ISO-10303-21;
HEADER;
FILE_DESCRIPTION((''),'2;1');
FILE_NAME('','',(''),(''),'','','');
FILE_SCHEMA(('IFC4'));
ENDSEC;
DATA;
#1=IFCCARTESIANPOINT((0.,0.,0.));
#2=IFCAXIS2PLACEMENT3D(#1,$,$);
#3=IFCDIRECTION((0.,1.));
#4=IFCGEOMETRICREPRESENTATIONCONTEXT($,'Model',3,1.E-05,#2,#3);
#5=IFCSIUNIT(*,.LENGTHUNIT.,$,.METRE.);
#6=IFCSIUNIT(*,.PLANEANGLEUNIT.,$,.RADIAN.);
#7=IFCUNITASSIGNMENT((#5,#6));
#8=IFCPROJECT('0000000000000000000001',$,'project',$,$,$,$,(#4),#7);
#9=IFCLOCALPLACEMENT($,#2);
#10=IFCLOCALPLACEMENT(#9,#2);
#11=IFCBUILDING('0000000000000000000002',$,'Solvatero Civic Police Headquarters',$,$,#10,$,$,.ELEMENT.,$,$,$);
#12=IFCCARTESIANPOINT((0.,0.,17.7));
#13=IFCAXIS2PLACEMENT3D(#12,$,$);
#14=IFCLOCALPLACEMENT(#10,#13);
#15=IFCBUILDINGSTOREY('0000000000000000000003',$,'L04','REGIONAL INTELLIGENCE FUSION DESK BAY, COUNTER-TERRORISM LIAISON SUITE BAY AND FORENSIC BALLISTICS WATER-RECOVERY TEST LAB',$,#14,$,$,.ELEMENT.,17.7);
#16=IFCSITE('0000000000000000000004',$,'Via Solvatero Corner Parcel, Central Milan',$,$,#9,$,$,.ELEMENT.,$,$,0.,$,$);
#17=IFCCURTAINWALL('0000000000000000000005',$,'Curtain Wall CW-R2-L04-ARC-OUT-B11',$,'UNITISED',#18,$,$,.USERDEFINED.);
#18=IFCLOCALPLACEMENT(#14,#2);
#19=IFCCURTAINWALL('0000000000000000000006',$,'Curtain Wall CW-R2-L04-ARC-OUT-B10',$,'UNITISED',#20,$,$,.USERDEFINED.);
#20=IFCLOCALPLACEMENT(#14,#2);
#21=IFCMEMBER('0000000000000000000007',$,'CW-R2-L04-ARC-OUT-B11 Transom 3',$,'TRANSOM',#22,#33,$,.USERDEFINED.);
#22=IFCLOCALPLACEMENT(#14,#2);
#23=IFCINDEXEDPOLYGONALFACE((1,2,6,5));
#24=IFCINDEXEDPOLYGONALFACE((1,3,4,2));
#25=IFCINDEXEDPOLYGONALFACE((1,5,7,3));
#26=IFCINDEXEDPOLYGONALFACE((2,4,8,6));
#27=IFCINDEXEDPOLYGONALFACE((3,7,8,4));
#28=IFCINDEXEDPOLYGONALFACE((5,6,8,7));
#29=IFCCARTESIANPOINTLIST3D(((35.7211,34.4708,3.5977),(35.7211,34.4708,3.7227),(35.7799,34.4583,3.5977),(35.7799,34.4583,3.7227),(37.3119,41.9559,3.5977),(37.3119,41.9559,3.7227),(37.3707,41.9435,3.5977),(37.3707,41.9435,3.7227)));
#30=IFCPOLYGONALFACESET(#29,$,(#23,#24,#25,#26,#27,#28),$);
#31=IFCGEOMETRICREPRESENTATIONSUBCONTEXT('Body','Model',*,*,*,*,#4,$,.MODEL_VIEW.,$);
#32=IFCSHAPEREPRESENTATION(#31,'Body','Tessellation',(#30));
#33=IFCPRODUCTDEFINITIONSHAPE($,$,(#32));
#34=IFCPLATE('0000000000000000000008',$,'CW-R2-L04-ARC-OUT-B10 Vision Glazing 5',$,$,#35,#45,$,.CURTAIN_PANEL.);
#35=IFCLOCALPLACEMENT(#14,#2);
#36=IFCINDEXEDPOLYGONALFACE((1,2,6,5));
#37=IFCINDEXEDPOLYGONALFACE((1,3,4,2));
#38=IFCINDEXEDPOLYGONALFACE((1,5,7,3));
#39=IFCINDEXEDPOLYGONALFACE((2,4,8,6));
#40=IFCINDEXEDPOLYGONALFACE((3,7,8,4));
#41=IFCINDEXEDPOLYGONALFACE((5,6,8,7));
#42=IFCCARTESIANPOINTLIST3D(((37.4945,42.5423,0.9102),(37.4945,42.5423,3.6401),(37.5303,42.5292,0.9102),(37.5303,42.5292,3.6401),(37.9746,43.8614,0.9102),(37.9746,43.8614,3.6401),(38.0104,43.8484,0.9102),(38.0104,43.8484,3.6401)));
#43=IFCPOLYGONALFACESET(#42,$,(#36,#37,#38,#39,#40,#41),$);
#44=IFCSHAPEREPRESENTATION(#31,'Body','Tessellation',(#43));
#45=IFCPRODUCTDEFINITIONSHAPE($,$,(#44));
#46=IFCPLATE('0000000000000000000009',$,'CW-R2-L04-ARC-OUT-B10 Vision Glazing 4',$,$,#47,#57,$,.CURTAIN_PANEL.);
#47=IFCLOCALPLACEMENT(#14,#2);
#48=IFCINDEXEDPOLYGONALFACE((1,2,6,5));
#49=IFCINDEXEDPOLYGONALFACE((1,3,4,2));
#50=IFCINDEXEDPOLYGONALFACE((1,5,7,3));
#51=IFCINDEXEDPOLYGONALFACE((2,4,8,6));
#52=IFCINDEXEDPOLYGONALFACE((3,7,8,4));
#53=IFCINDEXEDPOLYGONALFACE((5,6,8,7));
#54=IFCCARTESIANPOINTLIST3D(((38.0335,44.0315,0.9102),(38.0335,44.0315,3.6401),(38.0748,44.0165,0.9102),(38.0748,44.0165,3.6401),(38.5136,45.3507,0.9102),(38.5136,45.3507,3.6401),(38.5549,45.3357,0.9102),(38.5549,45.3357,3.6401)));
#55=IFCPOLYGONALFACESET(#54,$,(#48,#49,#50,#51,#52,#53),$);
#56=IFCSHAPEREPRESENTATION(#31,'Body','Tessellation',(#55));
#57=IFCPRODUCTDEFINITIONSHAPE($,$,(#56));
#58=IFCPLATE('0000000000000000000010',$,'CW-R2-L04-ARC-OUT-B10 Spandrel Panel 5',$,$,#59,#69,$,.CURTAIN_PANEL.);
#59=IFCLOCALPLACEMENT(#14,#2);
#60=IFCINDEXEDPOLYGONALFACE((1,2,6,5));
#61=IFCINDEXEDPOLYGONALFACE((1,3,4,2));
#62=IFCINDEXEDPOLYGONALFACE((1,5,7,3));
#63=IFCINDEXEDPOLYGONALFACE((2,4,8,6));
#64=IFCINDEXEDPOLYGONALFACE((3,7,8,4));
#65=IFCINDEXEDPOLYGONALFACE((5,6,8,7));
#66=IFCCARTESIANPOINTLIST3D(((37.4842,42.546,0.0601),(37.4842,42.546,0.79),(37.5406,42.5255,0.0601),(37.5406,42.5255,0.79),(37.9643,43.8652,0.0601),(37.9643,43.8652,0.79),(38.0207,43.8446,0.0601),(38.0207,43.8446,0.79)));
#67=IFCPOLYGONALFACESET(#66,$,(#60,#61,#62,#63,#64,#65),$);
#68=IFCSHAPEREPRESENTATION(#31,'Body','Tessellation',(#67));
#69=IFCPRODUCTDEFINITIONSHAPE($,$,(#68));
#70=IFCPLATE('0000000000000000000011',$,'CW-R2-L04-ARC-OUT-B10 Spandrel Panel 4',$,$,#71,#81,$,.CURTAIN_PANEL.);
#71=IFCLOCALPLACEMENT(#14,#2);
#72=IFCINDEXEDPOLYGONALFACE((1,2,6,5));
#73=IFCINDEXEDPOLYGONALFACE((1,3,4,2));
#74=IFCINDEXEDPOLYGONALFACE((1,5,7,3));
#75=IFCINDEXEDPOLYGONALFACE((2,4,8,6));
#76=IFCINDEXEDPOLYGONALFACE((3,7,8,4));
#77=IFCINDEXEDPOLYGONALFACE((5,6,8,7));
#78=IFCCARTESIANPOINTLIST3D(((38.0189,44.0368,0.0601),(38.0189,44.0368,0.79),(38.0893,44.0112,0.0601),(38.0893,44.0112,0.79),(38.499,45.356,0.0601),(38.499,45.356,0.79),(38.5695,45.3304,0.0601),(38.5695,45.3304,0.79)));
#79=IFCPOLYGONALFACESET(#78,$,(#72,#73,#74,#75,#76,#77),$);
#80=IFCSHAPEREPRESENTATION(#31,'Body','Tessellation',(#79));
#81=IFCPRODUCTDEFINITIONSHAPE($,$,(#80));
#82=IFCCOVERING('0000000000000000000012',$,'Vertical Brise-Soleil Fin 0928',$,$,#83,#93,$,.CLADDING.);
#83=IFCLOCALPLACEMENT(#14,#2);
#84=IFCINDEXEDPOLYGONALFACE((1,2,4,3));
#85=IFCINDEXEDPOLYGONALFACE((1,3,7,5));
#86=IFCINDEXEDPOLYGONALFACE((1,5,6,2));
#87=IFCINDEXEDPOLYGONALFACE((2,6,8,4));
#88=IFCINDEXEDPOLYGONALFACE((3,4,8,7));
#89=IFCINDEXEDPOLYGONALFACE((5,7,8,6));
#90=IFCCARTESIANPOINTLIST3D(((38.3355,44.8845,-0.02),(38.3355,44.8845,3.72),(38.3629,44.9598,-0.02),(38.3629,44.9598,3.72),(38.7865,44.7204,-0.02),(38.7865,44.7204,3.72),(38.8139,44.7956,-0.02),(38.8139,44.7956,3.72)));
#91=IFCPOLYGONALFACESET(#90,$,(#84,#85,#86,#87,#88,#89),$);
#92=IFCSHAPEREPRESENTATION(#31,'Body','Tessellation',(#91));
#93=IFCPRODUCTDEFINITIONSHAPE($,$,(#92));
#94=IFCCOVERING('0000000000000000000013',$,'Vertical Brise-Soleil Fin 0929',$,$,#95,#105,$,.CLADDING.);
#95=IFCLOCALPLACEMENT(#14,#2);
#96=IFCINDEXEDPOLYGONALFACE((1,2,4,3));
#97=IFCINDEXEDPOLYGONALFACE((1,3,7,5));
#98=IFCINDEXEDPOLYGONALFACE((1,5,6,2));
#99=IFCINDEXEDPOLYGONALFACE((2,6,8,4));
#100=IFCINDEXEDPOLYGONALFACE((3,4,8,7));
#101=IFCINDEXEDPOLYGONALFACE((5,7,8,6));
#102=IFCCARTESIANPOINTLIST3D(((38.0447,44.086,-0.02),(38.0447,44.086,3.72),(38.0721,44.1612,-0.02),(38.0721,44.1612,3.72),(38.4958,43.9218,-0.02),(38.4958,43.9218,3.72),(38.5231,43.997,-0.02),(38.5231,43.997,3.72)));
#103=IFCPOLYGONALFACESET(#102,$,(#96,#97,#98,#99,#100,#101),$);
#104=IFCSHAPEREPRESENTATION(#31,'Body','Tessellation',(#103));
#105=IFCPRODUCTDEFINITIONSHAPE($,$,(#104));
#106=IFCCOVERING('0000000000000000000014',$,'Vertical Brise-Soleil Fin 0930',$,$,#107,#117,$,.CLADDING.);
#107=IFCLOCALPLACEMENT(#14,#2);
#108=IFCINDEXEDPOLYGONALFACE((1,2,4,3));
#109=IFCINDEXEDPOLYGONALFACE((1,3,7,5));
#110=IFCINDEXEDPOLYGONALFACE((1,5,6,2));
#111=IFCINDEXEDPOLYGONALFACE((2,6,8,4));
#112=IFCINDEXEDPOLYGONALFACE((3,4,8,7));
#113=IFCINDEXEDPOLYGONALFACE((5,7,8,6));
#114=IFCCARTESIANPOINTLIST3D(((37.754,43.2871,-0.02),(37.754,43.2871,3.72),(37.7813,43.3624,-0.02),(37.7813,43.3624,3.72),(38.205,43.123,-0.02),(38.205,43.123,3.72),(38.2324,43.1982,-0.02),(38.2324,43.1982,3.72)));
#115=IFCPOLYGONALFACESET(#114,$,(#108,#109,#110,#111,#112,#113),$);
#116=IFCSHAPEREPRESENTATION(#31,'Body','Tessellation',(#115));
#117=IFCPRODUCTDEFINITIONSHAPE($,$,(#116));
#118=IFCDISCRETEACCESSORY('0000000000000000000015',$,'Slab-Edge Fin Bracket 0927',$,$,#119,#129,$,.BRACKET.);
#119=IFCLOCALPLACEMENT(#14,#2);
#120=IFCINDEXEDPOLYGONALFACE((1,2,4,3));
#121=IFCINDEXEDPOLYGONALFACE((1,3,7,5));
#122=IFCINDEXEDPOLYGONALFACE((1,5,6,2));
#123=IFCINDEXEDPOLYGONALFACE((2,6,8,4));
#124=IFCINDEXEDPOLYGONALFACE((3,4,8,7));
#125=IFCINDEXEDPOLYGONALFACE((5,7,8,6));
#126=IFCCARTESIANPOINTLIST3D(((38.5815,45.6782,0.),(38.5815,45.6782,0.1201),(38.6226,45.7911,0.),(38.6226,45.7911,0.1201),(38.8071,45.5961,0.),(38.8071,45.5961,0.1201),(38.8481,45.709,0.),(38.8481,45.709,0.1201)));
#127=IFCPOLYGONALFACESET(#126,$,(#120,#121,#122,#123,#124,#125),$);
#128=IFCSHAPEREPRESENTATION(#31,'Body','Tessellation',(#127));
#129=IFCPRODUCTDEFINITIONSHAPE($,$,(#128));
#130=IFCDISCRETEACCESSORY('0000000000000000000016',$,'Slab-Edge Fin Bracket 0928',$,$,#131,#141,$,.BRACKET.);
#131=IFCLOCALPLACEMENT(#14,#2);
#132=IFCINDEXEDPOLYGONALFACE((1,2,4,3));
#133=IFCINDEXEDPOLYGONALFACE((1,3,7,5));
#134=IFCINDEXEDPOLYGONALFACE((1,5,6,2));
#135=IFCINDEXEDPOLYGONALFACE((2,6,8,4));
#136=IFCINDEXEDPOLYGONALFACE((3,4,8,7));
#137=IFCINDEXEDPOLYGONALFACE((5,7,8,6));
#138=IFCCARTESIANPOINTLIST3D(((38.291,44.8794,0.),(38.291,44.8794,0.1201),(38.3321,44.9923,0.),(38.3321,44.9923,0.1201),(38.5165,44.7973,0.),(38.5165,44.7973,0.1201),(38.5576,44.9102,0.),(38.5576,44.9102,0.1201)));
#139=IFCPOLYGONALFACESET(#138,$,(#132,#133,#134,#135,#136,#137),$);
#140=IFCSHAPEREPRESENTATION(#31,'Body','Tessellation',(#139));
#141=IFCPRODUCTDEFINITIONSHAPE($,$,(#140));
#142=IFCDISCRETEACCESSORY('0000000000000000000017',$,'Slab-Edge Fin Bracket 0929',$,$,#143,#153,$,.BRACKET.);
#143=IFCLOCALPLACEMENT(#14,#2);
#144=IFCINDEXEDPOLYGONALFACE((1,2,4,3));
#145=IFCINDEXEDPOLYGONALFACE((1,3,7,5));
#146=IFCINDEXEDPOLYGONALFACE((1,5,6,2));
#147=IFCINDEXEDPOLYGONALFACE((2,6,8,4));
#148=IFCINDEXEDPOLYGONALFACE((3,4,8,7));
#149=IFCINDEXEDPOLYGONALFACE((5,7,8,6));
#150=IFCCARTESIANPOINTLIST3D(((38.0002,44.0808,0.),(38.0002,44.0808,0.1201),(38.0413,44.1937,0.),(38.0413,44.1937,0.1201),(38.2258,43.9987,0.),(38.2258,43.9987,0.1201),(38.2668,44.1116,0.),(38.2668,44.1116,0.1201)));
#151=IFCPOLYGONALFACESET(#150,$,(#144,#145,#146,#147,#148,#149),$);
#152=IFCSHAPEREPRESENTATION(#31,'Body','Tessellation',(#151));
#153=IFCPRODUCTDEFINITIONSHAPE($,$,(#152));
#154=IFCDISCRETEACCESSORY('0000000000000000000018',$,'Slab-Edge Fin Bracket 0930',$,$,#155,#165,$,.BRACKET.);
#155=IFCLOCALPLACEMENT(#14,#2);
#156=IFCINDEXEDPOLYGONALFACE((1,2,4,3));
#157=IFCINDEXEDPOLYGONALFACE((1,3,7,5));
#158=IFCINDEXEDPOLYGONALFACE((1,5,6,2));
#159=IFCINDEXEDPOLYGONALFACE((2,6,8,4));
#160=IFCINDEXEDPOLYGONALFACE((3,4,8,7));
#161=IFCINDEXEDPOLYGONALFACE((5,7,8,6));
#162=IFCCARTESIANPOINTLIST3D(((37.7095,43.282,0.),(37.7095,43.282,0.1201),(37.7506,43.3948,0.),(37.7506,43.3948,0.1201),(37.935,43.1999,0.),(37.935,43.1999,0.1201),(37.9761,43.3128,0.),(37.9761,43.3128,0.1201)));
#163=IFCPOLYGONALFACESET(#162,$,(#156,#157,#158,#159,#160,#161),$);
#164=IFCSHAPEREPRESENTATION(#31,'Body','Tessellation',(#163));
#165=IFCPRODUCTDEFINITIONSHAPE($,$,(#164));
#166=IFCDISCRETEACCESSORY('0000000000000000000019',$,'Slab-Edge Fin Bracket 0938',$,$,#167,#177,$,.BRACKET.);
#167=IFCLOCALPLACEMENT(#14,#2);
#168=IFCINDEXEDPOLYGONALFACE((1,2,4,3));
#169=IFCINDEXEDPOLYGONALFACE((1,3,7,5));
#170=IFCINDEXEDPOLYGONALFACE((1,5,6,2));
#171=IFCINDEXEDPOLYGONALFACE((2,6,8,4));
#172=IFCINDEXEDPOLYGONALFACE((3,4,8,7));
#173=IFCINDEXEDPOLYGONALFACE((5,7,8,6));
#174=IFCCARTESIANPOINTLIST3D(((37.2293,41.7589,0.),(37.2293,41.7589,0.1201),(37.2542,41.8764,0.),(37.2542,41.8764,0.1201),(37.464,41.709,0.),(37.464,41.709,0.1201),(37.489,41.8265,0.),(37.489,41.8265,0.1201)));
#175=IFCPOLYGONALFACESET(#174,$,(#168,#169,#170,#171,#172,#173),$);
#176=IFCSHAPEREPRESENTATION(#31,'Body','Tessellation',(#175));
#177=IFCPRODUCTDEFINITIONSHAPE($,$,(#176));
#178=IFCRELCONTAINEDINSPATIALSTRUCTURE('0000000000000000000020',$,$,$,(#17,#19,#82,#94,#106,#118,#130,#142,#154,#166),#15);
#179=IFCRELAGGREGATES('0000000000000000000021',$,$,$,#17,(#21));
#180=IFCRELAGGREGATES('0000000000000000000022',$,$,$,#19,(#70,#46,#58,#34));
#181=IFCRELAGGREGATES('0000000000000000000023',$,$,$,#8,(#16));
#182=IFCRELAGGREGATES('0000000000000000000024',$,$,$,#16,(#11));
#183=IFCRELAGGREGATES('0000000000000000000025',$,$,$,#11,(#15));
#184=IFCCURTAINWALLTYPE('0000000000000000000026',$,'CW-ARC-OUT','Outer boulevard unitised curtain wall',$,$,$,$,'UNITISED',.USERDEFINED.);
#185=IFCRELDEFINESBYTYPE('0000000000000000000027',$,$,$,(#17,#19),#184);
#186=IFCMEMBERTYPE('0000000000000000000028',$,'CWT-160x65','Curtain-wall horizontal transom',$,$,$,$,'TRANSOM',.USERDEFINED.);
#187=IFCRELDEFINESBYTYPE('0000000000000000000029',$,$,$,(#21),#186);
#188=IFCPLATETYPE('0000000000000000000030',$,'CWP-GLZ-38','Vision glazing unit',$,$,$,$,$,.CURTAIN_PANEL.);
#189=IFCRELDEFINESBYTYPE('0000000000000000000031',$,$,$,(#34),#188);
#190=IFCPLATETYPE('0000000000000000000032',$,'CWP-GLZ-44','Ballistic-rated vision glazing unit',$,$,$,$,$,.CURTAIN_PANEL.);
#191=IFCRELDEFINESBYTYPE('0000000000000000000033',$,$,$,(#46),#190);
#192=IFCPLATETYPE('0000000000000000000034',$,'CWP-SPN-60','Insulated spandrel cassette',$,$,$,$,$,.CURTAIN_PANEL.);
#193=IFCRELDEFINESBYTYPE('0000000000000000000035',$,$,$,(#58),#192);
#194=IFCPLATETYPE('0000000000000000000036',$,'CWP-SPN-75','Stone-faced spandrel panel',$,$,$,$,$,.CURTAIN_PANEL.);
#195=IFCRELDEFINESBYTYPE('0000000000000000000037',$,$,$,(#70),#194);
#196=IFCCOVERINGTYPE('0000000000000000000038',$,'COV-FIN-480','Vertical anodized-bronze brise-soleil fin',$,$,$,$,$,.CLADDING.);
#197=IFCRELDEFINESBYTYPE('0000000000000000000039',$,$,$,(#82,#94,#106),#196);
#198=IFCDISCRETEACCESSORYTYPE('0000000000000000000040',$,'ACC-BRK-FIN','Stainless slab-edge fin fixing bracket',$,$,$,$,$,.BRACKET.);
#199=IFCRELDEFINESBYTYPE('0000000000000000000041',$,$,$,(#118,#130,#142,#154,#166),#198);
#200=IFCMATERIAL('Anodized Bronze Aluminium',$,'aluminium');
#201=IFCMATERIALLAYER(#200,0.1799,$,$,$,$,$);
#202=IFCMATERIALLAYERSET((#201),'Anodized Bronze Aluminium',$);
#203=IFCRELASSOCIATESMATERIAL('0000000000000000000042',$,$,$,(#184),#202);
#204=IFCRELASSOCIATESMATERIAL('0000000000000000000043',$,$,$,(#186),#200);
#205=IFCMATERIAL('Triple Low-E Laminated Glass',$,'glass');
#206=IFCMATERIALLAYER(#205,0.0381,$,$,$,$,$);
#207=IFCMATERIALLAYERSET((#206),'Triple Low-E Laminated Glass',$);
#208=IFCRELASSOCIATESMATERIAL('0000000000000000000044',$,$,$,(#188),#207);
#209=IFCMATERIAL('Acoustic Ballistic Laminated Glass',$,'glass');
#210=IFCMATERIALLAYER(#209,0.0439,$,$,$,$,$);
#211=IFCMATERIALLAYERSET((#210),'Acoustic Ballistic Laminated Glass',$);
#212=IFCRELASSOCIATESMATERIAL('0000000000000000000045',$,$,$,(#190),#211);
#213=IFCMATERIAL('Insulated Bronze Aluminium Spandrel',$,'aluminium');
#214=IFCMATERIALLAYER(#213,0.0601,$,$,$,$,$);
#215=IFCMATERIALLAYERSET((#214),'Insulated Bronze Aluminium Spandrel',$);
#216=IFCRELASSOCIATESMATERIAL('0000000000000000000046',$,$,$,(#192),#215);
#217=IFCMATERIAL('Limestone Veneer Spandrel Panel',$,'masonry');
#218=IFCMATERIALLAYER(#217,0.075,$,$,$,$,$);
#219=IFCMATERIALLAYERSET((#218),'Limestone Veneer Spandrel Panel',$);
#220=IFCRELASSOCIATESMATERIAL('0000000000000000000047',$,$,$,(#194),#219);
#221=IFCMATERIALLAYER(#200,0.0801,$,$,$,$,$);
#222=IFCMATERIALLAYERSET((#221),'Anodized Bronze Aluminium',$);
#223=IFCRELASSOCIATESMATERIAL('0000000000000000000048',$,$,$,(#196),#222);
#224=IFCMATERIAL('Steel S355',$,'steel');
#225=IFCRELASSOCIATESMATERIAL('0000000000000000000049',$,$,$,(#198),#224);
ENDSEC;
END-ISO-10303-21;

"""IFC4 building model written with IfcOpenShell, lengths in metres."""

from ifc_helpers import new_model, si_unit, direction, frame, origin, origin_2d, place, context, subcontext, project, spatial, rectangle, extrude, material, layer, layer_set, material_profile, profile_set, type_object, element, aggregate, save


model = new_model("IFC4")

# Units and contexts
model_context = context("Model", 3, precision=1e-05, world=origin(), true_north=direction((0.0, 1.0)))
body_context = subcontext(model_context, "Body", "Model", "MODEL_VIEW")
ifc_project = project(units=[si_unit("LENGTHUNIT", "METRE"), si_unit("PLANEANGLEUNIT", "RADIAN")], contexts=[model_context])

# Site, building, storey
site_placement = place(None, origin())
site = spatial("IfcSite", under=ifc_project, at=site_placement, Name="Via Solvatero Corner Parcel, Central Milan", CompositionType="ELEMENT", RefElevation=0.0)
building_placement = place(site_placement, origin())
building = spatial("IfcBuilding", under=site, at=building_placement, Name="Solvatero Civic Police Headquarters", CompositionType="ELEMENT")
storey_placement = place(building_placement, frame((0.0, 0.0, 17.7)))
storey = spatial("IfcBuildingStorey", under=building, at=storey_placement, Name="L04", Description="REGIONAL INTELLIGENCE FUSION DESK BAY, COUNTER-TERRORISM LIAISON SUITE BAY AND FORENSIC BALLISTICS WATER-RECOVERY TEST LAB", CompositionType="ELEMENT", Elevation=17.7)

# Shared definitions
ifc_material_1 = material(Name="Steel S355", Category="steel")

# Curtain wall
ifc_material_2 = material(Name="Anodized Bronze Aluminium", Category="aluminium")
ifc_layer_1 = layer(ifc_material_2, 0.1799)
ifc_layer_set_1 = layer_set([ifc_layer_1], Name="Anodized Bronze Aluminium")
curtain_wall_type = type_object("IfcCurtainWallType", Name="CW-ARC-OUT", Description="Outer boulevard unitised curtain wall", ElementType="UNITISED", PredefinedType="USERDEFINED", material=ifc_layer_set_1)
curtain_wall_1_placement = place(storey_placement, origin())
curtain_wall_1 = element("IfcCurtainWall", 1, at=curtain_wall_1_placement, inside=storey, type_object=curtain_wall_type, Name="Curtain Wall CW-R2-L04-ARC-OUT-B11", ObjectType="UNITISED", PredefinedType="USERDEFINED")

# Curtain wall
curtain_wall_2_placement = place(storey_placement, origin())
curtain_wall_2 = element("IfcCurtainWall", 2, at=curtain_wall_2_placement, inside=storey, type_object=curtain_wall_type, Name="Curtain Wall CW-R2-L04-ARC-OUT-B10", ObjectType="UNITISED", PredefinedType="USERDEFINED")

# Member
ifc_material_profile_1 = material_profile(ifc_material_2, rectangle(XDim=0.0601, YDim=0.125, at=origin_2d()), Name="ALU TRANSOM 60x125")
ifc_profile_set_1 = profile_set([ifc_material_profile_1], Name="Anodized Bronze Aluminium")
member_type_1 = type_object("IfcMemberType", Name="CWT-160x65", Description="Curtain-wall horizontal transom", ElementType="TRANSOM", PredefinedType="USERDEFINED", material=ifc_profile_set_1)
member_1_placement = place(storey_placement, frame((37.3413, 41.9497, 3.6602), z_axis=(-0.207888, -0.978153, 0.0), x_axis=(0.978153, -0.207888, 0.0)))
member_1 = element("IfcMember", 3, at=member_1_placement, type_object=member_type_1, Name="CW-R2-L04-ARC-OUT-B11 Transom 3", ObjectType="TRANSOM", PredefinedType="USERDEFINED", context=body_context, shape_type="SweptSolid", body=[
    extrude(rectangle(XDim=0.0601, YDim=0.125, at=origin_2d()), origin(), (0.0, 0.0, 1.0), 7.6523),
])
aggregate(curtain_wall_1, [member_1])

# Plates
ifc_material_3 = material(Name="Triple Low-E Laminated Glass", Category="glass")
ifc_layer_2 = layer(ifc_material_3, 0.0381)
ifc_layer_set_2 = layer_set([ifc_layer_2], Name="Triple Low-E Laminated Glass")
plate_type_1 = type_object("IfcPlateType", Name="CWP-GLZ-38", Description="Vision glazing unit", PredefinedType="CURTAIN_PANEL", material=ifc_layer_set_2)
plate_1_placement = place(storey_placement, frame((37.7524, 43.1953, 0.9102), z_axis=(0.0, 0.0, 1.0), x_axis=(-0.34202, -0.939693, 0.0)))
plate_1 = element("IfcPlate", 4, at=plate_1_placement, type_object=plate_type_1, Name="CW-R2-L04-ARC-OUT-B10 Vision Glazing 5", PredefinedType="CURTAIN_PANEL", context=body_context, shape_type="SweptSolid", body=[
    extrude(rectangle(XDim=1.4038, YDim=0.0381, at=origin_2d()), origin(), (0.0, 0.0, 1.0), 2.73),
])
ifc_material_4 = material(Name="Acoustic Ballistic Laminated Glass", Category="glass")
ifc_layer_3 = layer(ifc_material_4, 0.0439)
ifc_layer_set_3 = layer_set([ifc_layer_3], Name="Acoustic Ballistic Laminated Glass")
plate_type_2 = type_object("IfcPlateType", Name="CWP-GLZ-44", Description="Ballistic-rated vision glazing unit", PredefinedType="CURTAIN_PANEL", material=ifc_layer_set_3)
plate_2_placement = place(storey_placement, frame((38.2942, 44.6836, 0.9102), z_axis=(0.0, 0.0, 1.0), x_axis=(-0.34202, -0.939693, 0.0)))
plate_2 = element("IfcPlate", 5, at=plate_2_placement, type_object=plate_type_2, Name="CW-R2-L04-ARC-OUT-B10 Vision Glazing 4", PredefinedType="CURTAIN_PANEL", context=body_context, shape_type="SweptSolid", body=[
    extrude(rectangle(XDim=1.4038, YDim=0.0439, at=origin_2d()), origin(), (0.0, 0.0, 1.0), 2.73),
])
ifc_material_5 = material(Name="Insulated Bronze Aluminium Spandrel", Category="aluminium")
ifc_layer_4 = layer(ifc_material_5, 0.0601)
ifc_layer_set_4 = layer_set([ifc_layer_4], Name="Insulated Bronze Aluminium Spandrel")
plate_type_3 = type_object("IfcPlateType", Name="CWP-SPN-60", Description="Insulated spandrel cassette", PredefinedType="CURTAIN_PANEL", material=ifc_layer_set_4)
plate_3_placement = place(storey_placement, frame((37.7524, 43.1953, 0.0601), z_axis=(0.0, 0.0, 1.0), x_axis=(-0.34202, -0.939693, 0.0)))
plate_3 = element("IfcPlate", 6, at=plate_3_placement, type_object=plate_type_3, Name="CW-R2-L04-ARC-OUT-B10 Spandrel Panel 5", PredefinedType="CURTAIN_PANEL", context=body_context, shape_type="SweptSolid", body=[
    extrude(rectangle(XDim=1.4038, YDim=0.0601, at=origin_2d()), origin(), (0.0, 0.0, 1.0), 0.73),
])
ifc_material_6 = material(Name="Limestone Veneer Spandrel Panel", Category="masonry")
ifc_layer_5 = layer(ifc_material_6, 0.075)
ifc_layer_set_5 = layer_set([ifc_layer_5], Name="Limestone Veneer Spandrel Panel")
plate_type_4 = type_object("IfcPlateType", Name="CWP-SPN-75", Description="Stone-faced spandrel panel", PredefinedType="CURTAIN_PANEL", material=ifc_layer_set_5)
plate_4_placement = place(storey_placement, frame((38.2942, 44.6836, 0.0601), z_axis=(0.0, 0.0, 1.0), x_axis=(-0.34202, -0.939693, 0.0)))
plate_4 = element("IfcPlate", 7, at=plate_4_placement, type_object=plate_type_4, Name="CW-R2-L04-ARC-OUT-B10 Spandrel Panel 4", PredefinedType="CURTAIN_PANEL", context=body_context, shape_type="SweptSolid", body=[
    extrude(rectangle(XDim=1.4038, YDim=0.075, at=origin_2d()), origin(), (0.0, 0.0, 1.0), 0.73),
])
aggregate(curtain_wall_2, [plate_4, plate_2, plate_3, plate_1])

# Coverings
ifc_layer_6 = layer(ifc_material_2, 0.0801)
ifc_layer_set_6 = layer_set([ifc_layer_6], Name="Anodized Bronze Aluminium")
covering_type = type_object("IfcCoveringType", Name="COV-FIN-480", Description="Vertical anodized-bronze brise-soleil fin", PredefinedType="CLADDING", material=ifc_layer_set_6)
for number, where, z_axis, x_axis, name in (
    (8, (38.5747, 44.8401, -0.02), (0.0, 0.0, 1.0), (-0.34202, -0.939693, 0.0), "Vertical Brise-Soleil Fin 0928"),
    (9, (38.2839, 44.0415, -0.02), (0.0, 0.0, 1.0), (-0.34202, -0.939693, 0.0), "Vertical Brise-Soleil Fin 0929"),
    (10, (37.9932, 43.2427, -0.02), (0.0, 0.0, 1.0), (-0.34202, -0.939693, 0.0), "Vertical Brise-Soleil Fin 0930"),
):
    element("IfcCovering", number, at=place(storey_placement, frame(where, z_axis=z_axis, x_axis=x_axis)), inside=storey, type_object=covering_type, Name=name, PredefinedType="CLADDING", context=body_context, shape_type="SweptSolid", body=[
        extrude(rectangle(XDim=0.0801, YDim=0.48, at=origin_2d()), origin(), (0.0, 0.0, 1.0), 3.74),
    ])

# Discrete accessories
discrete_accessory_type = type_object("IfcDiscreteAccessoryType", Name="ACC-BRK-FIN", Description="Stainless slab-edge fin fixing bracket", PredefinedType="BRACKET", material=ifc_material_1)
for number, where, z_axis, x_axis, name in (
    (11, (38.7148, 45.6936, 0.0), (0.0, 0.0, 1.0), (-0.34202, -0.939693, 0.0), "Slab-Edge Fin Bracket 0927"),
    (12, (38.4243, 44.8948, 0.0), (0.0, 0.0, 1.0), (-0.34202, -0.939693, 0.0), "Slab-Edge Fin Bracket 0928"),
    (13, (38.1335, 44.0962, 0.0), (0.0, 0.0, 1.0), (-0.34202, -0.939693, 0.0), "Slab-Edge Fin Bracket 0929"),
    (14, (37.8428, 43.2974, 0.0), (0.0, 0.0, 1.0), (-0.34202, -0.939693, 0.0), "Slab-Edge Fin Bracket 0930"),
    (15, (37.3591, 41.7927, 0.0), (0.0, 0.0, 1.0), (-0.207912, -0.978148, 0.0), "Slab-Edge Fin Bracket 0938"),
):
    element("IfcDiscreteAccessory", number, at=place(storey_placement, frame(where, z_axis=z_axis, x_axis=x_axis)), inside=storey, type_object=discrete_accessory_type, Name=name, PredefinedType="BRACKET", context=body_context, shape_type="SweptSolid", body=[
        extrude(rectangle(XDim=0.1201, YDim=0.24, at=origin_2d()), origin(), (0.0, 0.0, 1.0), 0.1201),
    ])

save(model, "model.ifc")
